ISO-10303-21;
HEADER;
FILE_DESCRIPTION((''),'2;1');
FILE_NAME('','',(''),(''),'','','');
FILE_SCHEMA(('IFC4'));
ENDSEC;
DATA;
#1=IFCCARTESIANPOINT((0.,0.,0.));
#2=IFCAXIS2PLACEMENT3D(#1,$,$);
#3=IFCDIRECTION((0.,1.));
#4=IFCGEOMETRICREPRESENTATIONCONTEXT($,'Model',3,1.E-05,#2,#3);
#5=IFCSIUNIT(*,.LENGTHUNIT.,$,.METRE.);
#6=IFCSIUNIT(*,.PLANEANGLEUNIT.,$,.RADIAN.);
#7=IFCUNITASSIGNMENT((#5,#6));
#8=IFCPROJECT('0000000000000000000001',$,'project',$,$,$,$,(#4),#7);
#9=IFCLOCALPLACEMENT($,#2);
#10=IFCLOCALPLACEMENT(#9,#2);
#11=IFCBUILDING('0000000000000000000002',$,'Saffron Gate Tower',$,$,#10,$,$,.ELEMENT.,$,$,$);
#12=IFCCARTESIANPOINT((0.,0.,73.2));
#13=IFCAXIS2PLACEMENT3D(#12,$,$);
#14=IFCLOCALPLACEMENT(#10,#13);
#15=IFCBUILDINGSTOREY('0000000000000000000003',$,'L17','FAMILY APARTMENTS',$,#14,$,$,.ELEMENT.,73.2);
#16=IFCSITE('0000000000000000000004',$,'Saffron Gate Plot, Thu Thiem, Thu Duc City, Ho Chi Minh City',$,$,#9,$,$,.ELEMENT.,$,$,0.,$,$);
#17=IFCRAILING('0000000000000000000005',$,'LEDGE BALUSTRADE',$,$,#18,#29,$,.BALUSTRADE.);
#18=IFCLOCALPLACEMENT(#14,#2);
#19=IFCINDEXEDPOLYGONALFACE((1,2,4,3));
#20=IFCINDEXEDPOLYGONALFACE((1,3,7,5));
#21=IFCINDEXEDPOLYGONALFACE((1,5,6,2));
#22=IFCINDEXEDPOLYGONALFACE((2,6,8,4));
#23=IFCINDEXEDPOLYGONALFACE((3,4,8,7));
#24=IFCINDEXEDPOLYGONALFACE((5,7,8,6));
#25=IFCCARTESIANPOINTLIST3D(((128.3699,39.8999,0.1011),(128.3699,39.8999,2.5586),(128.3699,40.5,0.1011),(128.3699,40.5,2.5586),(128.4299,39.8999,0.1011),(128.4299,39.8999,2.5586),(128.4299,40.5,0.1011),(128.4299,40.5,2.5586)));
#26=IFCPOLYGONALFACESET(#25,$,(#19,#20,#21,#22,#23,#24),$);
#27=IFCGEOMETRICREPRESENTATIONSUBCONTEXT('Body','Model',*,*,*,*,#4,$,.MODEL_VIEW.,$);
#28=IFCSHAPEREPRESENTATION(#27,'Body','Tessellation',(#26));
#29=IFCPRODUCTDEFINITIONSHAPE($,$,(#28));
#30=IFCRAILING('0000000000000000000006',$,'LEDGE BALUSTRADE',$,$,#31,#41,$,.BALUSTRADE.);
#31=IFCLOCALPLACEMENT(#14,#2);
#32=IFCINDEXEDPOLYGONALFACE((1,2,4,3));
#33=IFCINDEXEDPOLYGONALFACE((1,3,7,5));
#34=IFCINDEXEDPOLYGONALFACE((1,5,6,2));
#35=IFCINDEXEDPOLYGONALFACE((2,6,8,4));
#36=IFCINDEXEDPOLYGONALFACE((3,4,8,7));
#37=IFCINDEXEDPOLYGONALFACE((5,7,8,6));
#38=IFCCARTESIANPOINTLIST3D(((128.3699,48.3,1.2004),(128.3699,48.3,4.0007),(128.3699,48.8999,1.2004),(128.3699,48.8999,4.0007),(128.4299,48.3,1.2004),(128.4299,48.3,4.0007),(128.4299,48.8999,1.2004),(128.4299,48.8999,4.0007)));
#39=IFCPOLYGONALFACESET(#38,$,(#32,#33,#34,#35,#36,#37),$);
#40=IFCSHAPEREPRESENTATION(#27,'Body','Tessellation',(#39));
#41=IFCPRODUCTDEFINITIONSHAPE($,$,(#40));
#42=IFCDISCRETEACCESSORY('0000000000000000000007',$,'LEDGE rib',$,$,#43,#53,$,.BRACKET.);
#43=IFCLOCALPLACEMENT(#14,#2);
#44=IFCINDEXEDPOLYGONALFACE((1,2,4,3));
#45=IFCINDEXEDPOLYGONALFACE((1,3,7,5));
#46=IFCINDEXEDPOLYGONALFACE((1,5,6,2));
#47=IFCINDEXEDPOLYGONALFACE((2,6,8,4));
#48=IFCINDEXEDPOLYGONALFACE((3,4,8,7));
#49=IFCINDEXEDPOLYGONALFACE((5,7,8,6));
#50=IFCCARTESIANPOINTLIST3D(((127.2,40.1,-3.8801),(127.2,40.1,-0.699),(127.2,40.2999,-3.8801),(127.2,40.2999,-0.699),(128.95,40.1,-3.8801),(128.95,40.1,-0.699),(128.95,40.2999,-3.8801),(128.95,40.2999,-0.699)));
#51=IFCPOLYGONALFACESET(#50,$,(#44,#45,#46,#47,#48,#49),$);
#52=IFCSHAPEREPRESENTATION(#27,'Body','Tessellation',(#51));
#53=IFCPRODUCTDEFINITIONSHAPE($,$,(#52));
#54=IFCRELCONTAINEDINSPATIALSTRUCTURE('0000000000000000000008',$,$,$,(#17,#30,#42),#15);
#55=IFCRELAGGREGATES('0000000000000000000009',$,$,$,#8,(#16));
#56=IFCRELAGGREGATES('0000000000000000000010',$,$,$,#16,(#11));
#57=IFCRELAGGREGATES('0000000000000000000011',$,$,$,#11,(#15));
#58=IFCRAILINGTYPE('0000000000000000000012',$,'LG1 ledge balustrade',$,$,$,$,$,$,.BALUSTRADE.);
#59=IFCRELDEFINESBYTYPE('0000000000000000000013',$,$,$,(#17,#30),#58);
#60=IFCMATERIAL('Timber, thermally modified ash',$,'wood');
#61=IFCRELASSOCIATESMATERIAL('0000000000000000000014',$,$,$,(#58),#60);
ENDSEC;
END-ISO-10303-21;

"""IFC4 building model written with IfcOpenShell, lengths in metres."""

from ifc_helpers import new_model, si_unit, direction, frame, origin, origin_2d, place, context, subcontext, project, spatial, rectangle, extrude, material, type_object, element, save


model = new_model("IFC4")

# Units and contexts
model_context = context("Model", 3, precision=1e-05, world=origin(), true_north=direction((0.0, 1.0)))
body_context = subcontext(model_context, "Body", "Model", "MODEL_VIEW")
ifc_project = project(units=[si_unit("LENGTHUNIT", "METRE"), si_unit("PLANEANGLEUNIT", "RADIAN")], contexts=[model_context])

# Site, building, storey
site_placement = place(None, origin())
site = spatial("IfcSite", under=ifc_project, at=site_placement, Name="Saffron Gate Plot, Thu Thiem, Thu Duc City, Ho Chi Minh City", CompositionType="ELEMENT", RefElevation=0.0)
building_placement = place(site_placement, origin())
building = spatial("IfcBuilding", under=site, at=building_placement, Name="Saffron Gate Tower", CompositionType="ELEMENT")
storey_placement = place(building_placement, frame((0.0, 0.0, 73.2)))
storey = spatial("IfcBuildingStorey", under=building, at=storey_placement, Name="L17", Description="FAMILY APARTMENTS", CompositionType="ELEMENT", Elevation=73.2)

# Shared definitions
ifc_material_1 = material(Name="Timber, thermally modified ash", Category="wood")

# Railings
railing_type = type_object("IfcRailingType", Name="LG1 ledge balustrade", PredefinedType="BALUSTRADE", material=ifc_material_1)
railing_1_placement = place(storey_placement, frame((128.3999, 39.8999, 0.1011)))
element("IfcRailing", 1, at=railing_1_placement, inside=storey, type_object=railing_type, Name="LEDGE BALUSTRADE", PredefinedType="BALUSTRADE", context=body_context, shape_type="SweptSolid", body=[
    extrude(rectangle(XDim=0.0601, YDim=2.4575, at=origin_2d()), frame((0.0, 0.0, 1.2288), z_axis=(0.0, 1.0, 0.0), x_axis=(-1.0, 0.0, 0.0)), (0.0, 0.0, 1.0), 0.6001),
])
railing_2_placement = place(storey_placement, frame((128.3999, 48.3, 1.2004)))
element("IfcRailing", 2, at=railing_2_placement, inside=storey, type_object=railing_type, Name="LEDGE BALUSTRADE", PredefinedType="BALUSTRADE", context=body_context, shape_type="SweptSolid", body=[
    extrude(rectangle(XDim=0.0601, YDim=2.8003, at=origin_2d()), frame((0.0, 0.0, 1.4001), z_axis=(0.0, 1.0, 0.0), x_axis=(-1.0, 0.0, 0.0)), (0.0, 0.0, 1.0), 0.5999),
])

# Discrete accessory
discrete_accessory_placement = place(storey_placement, frame((128.075, 40.2, -3.8801), z_axis=(0.0, 0.0, 1.0), x_axis=(0.0, 1.0, 0.0)))
element("IfcDiscreteAccessory", 3, at=discrete_accessory_placement, inside=storey, Name="LEDGE rib", PredefinedType="BRACKET", context=body_context, shape_type="SweptSolid", body=[
    extrude(rectangle(XDim=0.2, YDim=1.75, at=origin_2d()), origin(), (0.0, 0.0, 1.0), 3.1812),
])

save(model, "model.ifc")
